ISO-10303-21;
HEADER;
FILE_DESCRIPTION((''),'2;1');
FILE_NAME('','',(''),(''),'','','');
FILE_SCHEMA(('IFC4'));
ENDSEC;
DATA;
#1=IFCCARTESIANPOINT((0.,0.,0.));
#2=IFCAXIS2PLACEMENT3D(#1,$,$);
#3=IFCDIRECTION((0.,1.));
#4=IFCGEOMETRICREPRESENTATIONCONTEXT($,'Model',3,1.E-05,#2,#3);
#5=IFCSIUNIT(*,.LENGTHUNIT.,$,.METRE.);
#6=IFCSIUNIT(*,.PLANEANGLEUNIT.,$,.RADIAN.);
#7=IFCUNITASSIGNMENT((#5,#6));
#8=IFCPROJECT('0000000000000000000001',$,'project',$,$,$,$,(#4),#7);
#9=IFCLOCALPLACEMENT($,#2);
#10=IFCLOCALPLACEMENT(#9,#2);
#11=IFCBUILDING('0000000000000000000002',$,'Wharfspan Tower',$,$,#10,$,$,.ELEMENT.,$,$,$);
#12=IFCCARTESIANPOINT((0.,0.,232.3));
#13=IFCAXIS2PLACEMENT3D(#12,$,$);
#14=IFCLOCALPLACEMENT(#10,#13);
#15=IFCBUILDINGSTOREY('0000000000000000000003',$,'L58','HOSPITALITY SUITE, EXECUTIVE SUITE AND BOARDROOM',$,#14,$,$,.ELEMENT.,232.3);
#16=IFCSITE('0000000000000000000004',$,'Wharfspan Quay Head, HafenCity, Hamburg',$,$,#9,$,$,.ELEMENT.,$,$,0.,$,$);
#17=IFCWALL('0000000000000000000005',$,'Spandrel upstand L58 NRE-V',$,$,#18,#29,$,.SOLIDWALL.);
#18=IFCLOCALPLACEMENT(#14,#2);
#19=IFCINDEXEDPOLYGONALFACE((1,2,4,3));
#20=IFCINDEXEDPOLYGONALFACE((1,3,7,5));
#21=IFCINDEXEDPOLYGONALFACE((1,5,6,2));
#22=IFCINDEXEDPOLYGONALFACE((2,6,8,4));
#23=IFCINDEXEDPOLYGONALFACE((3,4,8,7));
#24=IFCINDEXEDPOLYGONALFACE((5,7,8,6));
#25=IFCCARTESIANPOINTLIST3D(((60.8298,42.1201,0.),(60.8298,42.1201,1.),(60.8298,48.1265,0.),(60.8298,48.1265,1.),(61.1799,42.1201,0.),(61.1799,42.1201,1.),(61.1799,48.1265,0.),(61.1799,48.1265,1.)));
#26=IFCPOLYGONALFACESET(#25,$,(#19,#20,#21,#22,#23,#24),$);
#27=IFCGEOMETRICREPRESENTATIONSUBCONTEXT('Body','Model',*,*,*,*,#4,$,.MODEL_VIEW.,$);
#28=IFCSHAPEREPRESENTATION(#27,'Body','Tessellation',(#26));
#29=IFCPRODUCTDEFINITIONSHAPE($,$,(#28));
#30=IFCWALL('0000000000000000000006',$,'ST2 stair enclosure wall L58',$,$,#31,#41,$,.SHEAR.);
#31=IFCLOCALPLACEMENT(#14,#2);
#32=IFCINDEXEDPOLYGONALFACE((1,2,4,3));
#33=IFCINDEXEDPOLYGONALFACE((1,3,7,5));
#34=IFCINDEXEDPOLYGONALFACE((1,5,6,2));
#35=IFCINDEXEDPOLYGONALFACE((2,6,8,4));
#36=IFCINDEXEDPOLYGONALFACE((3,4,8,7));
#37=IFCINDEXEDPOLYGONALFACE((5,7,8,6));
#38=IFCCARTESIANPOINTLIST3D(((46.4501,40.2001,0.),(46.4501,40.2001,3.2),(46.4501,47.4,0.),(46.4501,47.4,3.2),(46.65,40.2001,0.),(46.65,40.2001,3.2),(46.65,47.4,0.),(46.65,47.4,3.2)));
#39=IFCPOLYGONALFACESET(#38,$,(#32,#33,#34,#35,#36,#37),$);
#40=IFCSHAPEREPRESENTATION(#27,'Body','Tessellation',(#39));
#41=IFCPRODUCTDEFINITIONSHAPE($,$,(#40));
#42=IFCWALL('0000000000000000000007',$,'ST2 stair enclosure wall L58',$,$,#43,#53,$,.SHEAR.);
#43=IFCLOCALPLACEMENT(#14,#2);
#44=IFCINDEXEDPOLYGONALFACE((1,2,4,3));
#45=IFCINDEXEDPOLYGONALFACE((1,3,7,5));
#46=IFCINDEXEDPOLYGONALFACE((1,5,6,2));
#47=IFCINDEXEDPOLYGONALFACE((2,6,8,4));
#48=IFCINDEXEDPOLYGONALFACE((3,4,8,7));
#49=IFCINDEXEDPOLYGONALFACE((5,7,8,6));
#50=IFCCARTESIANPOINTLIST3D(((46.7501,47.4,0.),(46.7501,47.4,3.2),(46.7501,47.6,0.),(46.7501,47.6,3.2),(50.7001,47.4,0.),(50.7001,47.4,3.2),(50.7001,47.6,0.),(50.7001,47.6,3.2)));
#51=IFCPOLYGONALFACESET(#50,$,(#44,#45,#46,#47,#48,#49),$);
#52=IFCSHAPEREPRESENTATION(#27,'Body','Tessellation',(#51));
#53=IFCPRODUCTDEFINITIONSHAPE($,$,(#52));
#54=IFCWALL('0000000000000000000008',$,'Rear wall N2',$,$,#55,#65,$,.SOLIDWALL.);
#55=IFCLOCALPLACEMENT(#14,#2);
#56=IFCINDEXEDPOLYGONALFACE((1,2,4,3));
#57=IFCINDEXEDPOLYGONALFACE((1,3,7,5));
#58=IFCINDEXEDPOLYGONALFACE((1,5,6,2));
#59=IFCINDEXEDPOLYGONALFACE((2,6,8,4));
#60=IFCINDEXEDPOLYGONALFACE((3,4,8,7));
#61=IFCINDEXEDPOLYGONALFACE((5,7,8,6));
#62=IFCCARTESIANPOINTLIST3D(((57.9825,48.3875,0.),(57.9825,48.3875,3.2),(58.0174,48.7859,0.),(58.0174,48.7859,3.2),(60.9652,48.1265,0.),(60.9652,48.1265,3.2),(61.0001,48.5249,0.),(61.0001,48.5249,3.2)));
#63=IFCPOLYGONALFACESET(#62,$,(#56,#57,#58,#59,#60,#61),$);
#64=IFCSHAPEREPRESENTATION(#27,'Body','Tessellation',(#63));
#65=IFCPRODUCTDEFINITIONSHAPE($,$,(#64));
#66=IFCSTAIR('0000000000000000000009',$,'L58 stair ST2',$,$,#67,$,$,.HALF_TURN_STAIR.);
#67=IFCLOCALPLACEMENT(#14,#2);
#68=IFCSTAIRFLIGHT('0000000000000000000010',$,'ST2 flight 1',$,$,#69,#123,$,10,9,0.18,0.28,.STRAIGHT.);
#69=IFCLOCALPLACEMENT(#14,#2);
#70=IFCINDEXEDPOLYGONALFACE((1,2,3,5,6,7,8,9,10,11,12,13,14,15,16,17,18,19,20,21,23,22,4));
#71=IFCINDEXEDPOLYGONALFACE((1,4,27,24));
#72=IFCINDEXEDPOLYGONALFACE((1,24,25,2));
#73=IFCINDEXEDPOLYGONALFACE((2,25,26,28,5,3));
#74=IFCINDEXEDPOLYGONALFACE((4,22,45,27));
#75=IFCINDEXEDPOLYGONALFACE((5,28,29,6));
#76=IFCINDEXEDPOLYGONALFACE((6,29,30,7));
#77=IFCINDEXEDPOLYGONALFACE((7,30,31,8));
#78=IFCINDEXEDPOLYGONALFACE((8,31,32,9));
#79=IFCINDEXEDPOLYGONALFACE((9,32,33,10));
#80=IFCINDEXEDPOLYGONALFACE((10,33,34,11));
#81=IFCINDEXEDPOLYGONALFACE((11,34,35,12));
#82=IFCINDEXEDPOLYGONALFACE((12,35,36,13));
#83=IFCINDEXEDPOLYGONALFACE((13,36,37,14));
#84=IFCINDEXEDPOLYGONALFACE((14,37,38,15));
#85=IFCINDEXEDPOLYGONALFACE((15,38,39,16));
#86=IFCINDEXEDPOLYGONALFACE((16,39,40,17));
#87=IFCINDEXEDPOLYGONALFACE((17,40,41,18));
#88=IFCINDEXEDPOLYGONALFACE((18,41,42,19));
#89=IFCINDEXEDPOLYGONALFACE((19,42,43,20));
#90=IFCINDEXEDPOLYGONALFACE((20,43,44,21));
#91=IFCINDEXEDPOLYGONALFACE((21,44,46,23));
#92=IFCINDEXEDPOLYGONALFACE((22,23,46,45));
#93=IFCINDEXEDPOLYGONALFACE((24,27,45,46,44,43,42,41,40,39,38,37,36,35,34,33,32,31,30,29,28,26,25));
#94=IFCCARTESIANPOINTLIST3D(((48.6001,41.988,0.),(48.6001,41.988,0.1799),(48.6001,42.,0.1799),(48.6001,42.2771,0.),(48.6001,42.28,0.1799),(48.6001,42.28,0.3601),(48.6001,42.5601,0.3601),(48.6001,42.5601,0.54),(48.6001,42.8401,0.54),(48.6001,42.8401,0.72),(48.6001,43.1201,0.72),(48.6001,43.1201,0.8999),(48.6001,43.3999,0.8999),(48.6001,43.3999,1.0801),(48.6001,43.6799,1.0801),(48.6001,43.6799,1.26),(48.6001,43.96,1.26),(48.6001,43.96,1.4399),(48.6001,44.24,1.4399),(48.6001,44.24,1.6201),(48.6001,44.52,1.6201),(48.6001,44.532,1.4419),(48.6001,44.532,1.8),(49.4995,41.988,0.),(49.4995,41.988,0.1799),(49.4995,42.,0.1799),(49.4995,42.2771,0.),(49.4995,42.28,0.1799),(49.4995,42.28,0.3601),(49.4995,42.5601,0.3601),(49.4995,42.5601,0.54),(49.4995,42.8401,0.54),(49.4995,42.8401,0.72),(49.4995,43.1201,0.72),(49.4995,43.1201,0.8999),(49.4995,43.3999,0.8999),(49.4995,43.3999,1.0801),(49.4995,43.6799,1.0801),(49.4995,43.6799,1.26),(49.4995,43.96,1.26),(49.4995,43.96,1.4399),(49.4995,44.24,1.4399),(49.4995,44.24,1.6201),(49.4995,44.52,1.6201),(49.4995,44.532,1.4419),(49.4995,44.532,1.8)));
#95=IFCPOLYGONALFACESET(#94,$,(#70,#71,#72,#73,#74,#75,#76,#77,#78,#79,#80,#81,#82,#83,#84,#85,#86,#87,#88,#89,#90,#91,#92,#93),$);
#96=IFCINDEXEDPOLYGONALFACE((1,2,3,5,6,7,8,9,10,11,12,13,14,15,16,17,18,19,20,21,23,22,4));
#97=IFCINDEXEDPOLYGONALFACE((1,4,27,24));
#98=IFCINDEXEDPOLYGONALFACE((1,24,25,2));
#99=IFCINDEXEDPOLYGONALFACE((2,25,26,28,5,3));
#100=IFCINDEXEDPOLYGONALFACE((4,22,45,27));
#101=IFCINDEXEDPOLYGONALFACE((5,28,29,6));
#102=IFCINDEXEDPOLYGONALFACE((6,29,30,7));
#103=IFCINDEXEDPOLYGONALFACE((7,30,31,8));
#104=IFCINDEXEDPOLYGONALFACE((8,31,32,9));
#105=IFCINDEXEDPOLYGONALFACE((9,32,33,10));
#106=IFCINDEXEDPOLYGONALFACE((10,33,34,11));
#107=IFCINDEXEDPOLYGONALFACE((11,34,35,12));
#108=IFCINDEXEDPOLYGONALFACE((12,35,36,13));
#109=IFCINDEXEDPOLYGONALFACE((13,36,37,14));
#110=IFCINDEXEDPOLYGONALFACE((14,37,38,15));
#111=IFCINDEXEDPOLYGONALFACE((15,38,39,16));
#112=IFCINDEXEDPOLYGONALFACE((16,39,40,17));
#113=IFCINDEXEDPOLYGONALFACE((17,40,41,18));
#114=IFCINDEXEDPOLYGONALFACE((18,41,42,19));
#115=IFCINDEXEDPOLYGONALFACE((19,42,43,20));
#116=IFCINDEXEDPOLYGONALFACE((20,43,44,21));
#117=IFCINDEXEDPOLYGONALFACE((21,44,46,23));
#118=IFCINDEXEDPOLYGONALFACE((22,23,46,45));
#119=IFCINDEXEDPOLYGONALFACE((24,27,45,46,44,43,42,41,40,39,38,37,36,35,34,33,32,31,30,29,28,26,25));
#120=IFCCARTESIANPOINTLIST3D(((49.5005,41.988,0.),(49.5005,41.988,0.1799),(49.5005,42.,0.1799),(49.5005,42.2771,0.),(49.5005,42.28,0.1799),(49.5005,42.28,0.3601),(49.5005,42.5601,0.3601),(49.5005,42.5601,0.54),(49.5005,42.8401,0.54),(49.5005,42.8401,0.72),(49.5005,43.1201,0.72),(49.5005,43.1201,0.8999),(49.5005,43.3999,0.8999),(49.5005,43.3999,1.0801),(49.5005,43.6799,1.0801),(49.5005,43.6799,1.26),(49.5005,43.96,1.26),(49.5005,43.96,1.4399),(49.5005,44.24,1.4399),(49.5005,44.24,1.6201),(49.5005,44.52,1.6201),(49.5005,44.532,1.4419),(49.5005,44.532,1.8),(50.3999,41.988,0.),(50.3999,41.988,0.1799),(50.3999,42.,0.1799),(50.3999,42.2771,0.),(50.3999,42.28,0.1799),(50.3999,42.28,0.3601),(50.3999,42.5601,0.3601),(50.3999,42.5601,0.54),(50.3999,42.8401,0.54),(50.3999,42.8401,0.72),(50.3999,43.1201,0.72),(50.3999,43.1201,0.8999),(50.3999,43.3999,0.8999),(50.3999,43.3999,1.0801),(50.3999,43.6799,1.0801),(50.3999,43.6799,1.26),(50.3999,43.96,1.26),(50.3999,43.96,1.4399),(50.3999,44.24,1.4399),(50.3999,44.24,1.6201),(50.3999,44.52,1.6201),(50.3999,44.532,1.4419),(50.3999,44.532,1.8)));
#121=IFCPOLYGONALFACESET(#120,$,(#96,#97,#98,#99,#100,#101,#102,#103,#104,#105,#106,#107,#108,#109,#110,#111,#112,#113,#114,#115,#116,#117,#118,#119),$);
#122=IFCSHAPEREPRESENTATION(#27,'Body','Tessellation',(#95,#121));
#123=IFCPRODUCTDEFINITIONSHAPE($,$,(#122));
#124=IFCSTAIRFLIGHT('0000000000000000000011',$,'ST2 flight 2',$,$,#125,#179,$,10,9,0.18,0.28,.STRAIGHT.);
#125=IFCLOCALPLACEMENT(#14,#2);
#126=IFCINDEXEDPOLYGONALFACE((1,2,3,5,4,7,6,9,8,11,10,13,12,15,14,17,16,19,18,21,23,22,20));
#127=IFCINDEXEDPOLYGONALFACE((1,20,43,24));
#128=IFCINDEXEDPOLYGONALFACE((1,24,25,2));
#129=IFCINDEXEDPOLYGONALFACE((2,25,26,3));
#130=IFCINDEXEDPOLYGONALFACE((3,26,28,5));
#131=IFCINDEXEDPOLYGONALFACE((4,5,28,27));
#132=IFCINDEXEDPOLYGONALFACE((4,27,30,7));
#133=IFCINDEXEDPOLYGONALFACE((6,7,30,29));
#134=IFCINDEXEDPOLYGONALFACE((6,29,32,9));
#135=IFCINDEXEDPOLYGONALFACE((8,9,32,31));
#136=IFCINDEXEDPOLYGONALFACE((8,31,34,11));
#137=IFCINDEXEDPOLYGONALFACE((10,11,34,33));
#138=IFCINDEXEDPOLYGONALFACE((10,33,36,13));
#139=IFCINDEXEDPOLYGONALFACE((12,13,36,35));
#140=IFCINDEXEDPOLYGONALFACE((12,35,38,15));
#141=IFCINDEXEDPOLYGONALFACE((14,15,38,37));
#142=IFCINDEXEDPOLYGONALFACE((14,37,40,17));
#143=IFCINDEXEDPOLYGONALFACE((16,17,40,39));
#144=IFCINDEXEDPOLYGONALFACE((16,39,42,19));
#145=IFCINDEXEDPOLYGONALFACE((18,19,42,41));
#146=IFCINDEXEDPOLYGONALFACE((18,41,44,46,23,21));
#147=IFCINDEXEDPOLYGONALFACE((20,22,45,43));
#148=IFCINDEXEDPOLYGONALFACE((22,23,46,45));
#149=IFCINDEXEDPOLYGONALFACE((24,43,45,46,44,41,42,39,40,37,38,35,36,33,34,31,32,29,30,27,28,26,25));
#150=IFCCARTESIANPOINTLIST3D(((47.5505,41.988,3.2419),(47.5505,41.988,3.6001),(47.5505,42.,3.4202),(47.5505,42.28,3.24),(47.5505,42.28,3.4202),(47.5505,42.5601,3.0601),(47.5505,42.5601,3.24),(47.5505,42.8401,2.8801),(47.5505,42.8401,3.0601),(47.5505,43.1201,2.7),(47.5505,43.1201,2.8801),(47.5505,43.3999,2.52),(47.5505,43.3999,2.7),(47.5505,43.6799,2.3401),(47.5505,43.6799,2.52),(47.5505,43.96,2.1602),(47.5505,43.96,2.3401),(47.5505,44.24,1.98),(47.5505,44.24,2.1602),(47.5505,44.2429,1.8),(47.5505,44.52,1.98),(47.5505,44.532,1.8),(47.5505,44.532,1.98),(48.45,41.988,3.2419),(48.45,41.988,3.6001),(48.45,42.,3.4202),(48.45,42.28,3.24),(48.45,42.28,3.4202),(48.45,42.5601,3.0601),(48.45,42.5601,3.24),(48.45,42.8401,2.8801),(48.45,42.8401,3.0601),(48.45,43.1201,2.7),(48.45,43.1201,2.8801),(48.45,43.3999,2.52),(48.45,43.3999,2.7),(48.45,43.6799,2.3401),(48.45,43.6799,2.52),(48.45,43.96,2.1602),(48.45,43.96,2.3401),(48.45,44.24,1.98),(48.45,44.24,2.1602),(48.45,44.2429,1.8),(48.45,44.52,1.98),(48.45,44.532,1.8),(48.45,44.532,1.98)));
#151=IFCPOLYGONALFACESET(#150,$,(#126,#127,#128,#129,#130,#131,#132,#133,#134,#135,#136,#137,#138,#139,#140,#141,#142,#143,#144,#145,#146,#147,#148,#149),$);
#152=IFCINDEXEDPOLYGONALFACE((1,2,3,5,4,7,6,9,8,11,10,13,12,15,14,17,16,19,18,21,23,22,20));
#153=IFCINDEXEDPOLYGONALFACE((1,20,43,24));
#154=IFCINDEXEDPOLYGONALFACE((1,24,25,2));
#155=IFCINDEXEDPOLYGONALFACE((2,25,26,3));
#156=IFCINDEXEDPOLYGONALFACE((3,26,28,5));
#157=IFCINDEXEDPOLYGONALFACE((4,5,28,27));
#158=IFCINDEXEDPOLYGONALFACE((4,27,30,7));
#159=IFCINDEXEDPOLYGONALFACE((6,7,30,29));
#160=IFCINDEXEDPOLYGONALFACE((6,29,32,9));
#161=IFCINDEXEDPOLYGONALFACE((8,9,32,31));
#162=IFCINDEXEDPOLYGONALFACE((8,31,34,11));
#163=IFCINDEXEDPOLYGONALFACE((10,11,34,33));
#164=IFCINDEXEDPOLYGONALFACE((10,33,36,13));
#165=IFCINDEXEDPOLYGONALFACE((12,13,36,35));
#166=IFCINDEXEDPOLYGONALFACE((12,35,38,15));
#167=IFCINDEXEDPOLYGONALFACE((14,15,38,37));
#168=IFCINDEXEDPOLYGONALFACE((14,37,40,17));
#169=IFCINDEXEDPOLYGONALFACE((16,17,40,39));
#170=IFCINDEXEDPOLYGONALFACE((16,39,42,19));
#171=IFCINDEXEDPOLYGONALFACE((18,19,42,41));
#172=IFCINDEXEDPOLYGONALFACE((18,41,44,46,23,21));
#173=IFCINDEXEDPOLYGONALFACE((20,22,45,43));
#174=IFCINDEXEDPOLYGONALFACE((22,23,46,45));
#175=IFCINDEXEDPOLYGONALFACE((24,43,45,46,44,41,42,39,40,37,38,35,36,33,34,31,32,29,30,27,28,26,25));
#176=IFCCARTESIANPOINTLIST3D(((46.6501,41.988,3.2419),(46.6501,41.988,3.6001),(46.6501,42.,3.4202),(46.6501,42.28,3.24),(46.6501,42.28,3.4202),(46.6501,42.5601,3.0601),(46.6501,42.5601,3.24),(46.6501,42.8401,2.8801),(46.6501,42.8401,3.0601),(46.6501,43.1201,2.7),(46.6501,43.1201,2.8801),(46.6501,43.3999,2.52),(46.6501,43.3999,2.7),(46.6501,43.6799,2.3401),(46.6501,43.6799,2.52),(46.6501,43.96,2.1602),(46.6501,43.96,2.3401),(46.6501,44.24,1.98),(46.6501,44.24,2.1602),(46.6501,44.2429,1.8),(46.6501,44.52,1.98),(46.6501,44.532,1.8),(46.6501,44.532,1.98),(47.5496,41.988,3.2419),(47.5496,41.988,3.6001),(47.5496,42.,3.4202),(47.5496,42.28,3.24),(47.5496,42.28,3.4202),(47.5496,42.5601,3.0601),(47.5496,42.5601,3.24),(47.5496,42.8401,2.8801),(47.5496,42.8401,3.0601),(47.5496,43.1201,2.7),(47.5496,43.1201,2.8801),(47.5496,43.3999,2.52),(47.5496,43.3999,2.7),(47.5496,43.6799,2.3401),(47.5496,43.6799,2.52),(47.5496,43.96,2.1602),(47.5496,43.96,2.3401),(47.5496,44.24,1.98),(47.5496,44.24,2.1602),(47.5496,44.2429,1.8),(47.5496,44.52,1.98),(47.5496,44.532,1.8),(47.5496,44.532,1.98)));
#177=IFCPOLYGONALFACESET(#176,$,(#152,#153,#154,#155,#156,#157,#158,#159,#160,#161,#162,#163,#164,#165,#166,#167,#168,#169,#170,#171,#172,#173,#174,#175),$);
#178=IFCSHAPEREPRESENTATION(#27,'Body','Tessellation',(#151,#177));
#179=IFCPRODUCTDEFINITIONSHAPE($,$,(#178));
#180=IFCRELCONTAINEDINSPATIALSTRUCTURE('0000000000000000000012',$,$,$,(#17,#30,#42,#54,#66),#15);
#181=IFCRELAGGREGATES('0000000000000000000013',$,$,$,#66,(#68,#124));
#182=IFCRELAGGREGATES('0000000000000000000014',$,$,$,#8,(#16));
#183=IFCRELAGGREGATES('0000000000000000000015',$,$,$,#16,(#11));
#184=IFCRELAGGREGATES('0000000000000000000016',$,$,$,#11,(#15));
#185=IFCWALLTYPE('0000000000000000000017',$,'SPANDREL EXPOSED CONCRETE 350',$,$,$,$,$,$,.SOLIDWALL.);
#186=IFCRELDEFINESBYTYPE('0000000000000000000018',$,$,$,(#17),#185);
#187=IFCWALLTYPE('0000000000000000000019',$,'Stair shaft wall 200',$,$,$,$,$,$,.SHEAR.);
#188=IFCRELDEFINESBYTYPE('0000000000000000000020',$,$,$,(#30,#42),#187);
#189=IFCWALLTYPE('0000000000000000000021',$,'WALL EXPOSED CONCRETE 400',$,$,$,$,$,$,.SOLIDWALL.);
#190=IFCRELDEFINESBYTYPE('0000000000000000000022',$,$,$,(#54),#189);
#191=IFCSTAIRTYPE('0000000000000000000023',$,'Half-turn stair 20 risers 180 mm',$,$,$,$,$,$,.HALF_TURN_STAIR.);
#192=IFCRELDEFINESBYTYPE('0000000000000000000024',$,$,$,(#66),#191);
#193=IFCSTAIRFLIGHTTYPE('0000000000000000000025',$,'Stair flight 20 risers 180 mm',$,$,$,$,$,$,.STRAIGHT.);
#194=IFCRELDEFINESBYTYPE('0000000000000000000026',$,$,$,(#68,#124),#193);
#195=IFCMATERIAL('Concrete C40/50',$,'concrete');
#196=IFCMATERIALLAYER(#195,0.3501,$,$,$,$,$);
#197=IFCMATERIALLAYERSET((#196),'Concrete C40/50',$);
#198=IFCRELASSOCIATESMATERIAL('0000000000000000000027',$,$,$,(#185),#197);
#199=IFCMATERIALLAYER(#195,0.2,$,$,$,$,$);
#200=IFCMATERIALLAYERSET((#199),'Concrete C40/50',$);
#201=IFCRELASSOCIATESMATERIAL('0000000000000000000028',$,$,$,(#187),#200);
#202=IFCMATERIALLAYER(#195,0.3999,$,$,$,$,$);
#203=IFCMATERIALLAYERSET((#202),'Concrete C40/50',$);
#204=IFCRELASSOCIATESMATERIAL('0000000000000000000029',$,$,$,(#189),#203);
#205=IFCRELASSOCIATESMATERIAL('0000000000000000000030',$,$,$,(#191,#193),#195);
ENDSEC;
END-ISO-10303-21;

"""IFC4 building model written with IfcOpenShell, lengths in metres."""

from ifc_helpers import new_model, si_unit, direction, frame, frame_2d, origin, place, context, subcontext, project, spatial, polyline, rectangle, outline, extrude, material, layer, layer_set, type_object, element, aggregate, save


model = new_model("IFC4")

# Units and contexts
model_context = context("Model", 3, precision=1e-05, world=origin(), true_north=direction((0.0, 1.0)))
body_context = subcontext(model_context, "Body", "Model", "MODEL_VIEW")
ifc_project = project(units=[si_unit("LENGTHUNIT", "METRE"), si_unit("PLANEANGLEUNIT", "RADIAN")], contexts=[model_context])

# Site, building, storey
site_placement = place(None, origin())
site = spatial("IfcSite", under=ifc_project, at=site_placement, Name="Wharfspan Quay Head, HafenCity, Hamburg", CompositionType="ELEMENT", RefElevation=0.0)
building_placement = place(site_placement, origin())
building = spatial("IfcBuilding", under=site, at=building_placement, Name="Wharfspan Tower", CompositionType="ELEMENT")
storey_placement = place(building_placement, frame((0.0, 0.0, 232.3)))
storey = spatial("IfcBuildingStorey", under=building, at=storey_placement, Name="L58", Description="HOSPITALITY SUITE, EXECUTIVE SUITE AND BOARDROOM", CompositionType="ELEMENT", Elevation=232.3)

# Walls
ifc_material_1 = material(Name="Concrete C40/50", Category="concrete")
ifc_layer_1 = layer(ifc_material_1, 0.3501)
ifc_layer_set_1 = layer_set([ifc_layer_1], Name="Concrete C40/50")
wall_type_1 = type_object("IfcWallType", Name="SPANDREL EXPOSED CONCRETE 350", PredefinedType="SOLIDWALL", material=ifc_layer_set_1)
wall_1_placement = place(storey_placement, frame((61.0049, 42.1201, 0.0), z_axis=(0.0, 0.0, 1.0), x_axis=(0.0, 1.0, 0.0)))
element("IfcWall", 1, at=wall_1_placement, inside=storey, type_object=wall_type_1, Name="Spandrel upstand L58 NRE-V", PredefinedType="SOLIDWALL", context=body_context, shape_type="SweptSolid", body=[
    extrude(rectangle(XDim=6.0063, YDim=0.3501, at=frame_2d((3.0032, 0.0))), origin(), (0.0, 0.0, 1.0), 1.0),
])
ifc_layer_2 = layer(ifc_material_1, 0.2)
ifc_layer_set_2 = layer_set([ifc_layer_2], Name="Concrete C40/50")
wall_type_2 = type_object("IfcWallType", Name="Stair shaft wall 200", PredefinedType="SHEAR", material=ifc_layer_set_2)
wall_2_placement = place(storey_placement, frame((46.55, 40.2, 0.0), z_axis=(0.0, 0.0, 1.0), x_axis=(0.0, 1.0, 0.0)))
element("IfcWall", 2, at=wall_2_placement, inside=storey, type_object=wall_type_2, Name="ST2 stair enclosure wall L58", PredefinedType="SHEAR", context=body_context, shape_type="SweptSolid", body=[
    extrude(rectangle(XDim=7.2, YDim=0.2, at=frame_2d((3.6001, 0.0))), origin(), (0.0, 0.0, 1.0), 3.2),
])
wall_3_placement = place(storey_placement, frame((46.75, 47.5, 0.0), z_axis=(0.0, 0.0, 1.0), x_axis=(1.0, 0.0, 0.0)))
element("IfcWall", 3, at=wall_3_placement, inside=storey, type_object=wall_type_2, Name="ST2 stair enclosure wall L58", PredefinedType="SHEAR", context=body_context, shape_type="SweptSolid", body=[
    extrude(rectangle(XDim=3.95, YDim=0.2, at=frame_2d((1.9751, 0.0))), origin(), (0.0, 0.0, 1.0), 3.2),
])
ifc_layer_3 = layer(ifc_material_1, 0.3999)
ifc_layer_set_3 = layer_set([ifc_layer_3], Name="Concrete C40/50")
wall_type_3 = type_object("IfcWallType", Name="WALL EXPOSED CONCRETE 400", PredefinedType="SOLIDWALL", material=ifc_layer_set_3)
wall_4_placement = place(storey_placement, frame((60.9827, 48.3257, 0.0), z_axis=(0.0, 0.0, 1.0), x_axis=(-0.996194, 0.087168, 0.0)))
element("IfcWall", 4, at=wall_4_placement, inside=storey, type_object=wall_type_3, Name="Rear wall N2", PredefinedType="SOLIDWALL", context=body_context, shape_type="SweptSolid", body=[
    extrude(rectangle(XDim=2.9941, YDim=0.3999, at=frame_2d((1.4971, 0.0))), origin(), (0.0, 0.0, 1.0), 3.2),
])

# Stair, stair flights
stair_type = type_object("IfcStairType", Name="Half-turn stair 20 risers 180 mm", PredefinedType="HALF_TURN_STAIR", material=ifc_material_1)
stair_placement = place(storey_placement, origin())
stair = element("IfcStair", 5, at=stair_placement, inside=storey, type_object=stair_type, Name="L58 stair ST2", PredefinedType="HALF_TURN_STAIR")
stair_flight_type = type_object("IfcStairFlightType", Name="Stair flight 20 risers 180 mm", PredefinedType="STRAIGHT", material=ifc_material_1)
stair_flight_1_placement = place(storey_placement, frame((49.5, 42.0, 0.0), z_axis=(0.0, 0.0, 1.0), x_axis=(0.0, 1.0, 0.0)))
stair_flight_1 = element("IfcStairFlight", 6, at=stair_flight_1_placement, type_object=stair_flight_type, Name="ST2 flight 1", NumberOfRisers=10, NumberOfTreads=9, PredefinedType="STRAIGHT", RiserHeight=0.18, TreadLength=0.28, context=body_context, shape_type="SweptSolid", body=[
    extrude(outline(polyline([(-0.012, 0.0), (-0.012, 0.1799), (0.0, 0.1799), (0.28, 0.1799), (0.28, 0.3601), (0.5601, 0.3601), (0.5601, 0.54), (0.8401, 0.54), (0.8401, 0.72), (1.1201, 0.72), (1.1201, 0.8999), (1.3999, 0.8999), (1.3999, 1.0801), (1.6799, 1.0801), (1.6799, 1.26), (1.96, 1.26), (1.96, 1.4399), (2.24, 1.4399), (2.24, 1.6201), (2.52, 1.6201), (2.532, 1.8), (2.532, 1.4419), (0.2771, 0.0), (-0.012, 0.0)])), frame((0.0, 0.8999, 0.0), z_axis=(0.0, -1.0, 0.0), x_axis=(1.0, 0.0, 0.0)), (0.0, 0.0, 1.0), 0.8994),
    extrude(outline(polyline([(-0.012, 0.0), (-0.012, 0.1799), (0.0, 0.1799), (0.28, 0.1799), (0.28, 0.3601), (0.5601, 0.3601), (0.5601, 0.54), (0.8401, 0.54), (0.8401, 0.72), (1.1201, 0.72), (1.1201, 0.8999), (1.3999, 0.8999), (1.3999, 1.0801), (1.6799, 1.0801), (1.6799, 1.26), (1.96, 1.26), (1.96, 1.4399), (2.24, 1.4399), (2.24, 1.6201), (2.52, 1.6201), (2.532, 1.8), (2.532, 1.4419), (0.2771, 0.0), (-0.012, 0.0)])), frame((0.0, -0.0005, 0.0), z_axis=(0.0, -1.0, 0.0), x_axis=(1.0, 0.0, 0.0)), (0.0, 0.0, 1.0), 0.8994),
])
stair_flight_2_placement = place(storey_placement, frame((47.55, 44.52, 1.8), z_axis=(0.0, 0.0, 1.0), x_axis=(0.0, -1.0, 0.0)))
stair_flight_2 = element("IfcStairFlight", 7, at=stair_flight_2_placement, type_object=stair_flight_type, Name="ST2 flight 2", NumberOfRisers=10, NumberOfTreads=9, PredefinedType="STRAIGHT", RiserHeight=0.18, TreadLength=0.28, context=body_context, shape_type="SweptSolid", body=[
    extrude(outline(polyline([(-0.012, 0.0), (-0.012, 0.1799), (0.0, 0.1799), (0.28, 0.1799), (0.28, 0.3601), (0.5601, 0.3601), (0.5601, 0.54), (0.8401, 0.54), (0.8401, 0.72), (1.1201, 0.72), (1.1201, 0.8999), (1.3999, 0.8999), (1.3999, 1.0801), (1.6799, 1.0801), (1.6799, 1.26), (1.96, 1.26), (1.96, 1.4399), (2.24, 1.4399), (2.24, 1.6201), (2.52, 1.6201), (2.532, 1.8), (2.532, 1.4419), (0.2771, 0.0), (-0.012, 0.0)])), frame((0.0, 0.8999, 0.0), z_axis=(0.0, -1.0, 0.0), x_axis=(1.0, 0.0, 0.0)), (0.0, 0.0, 1.0), 0.8994),
    extrude(outline(polyline([(-0.012, 0.0), (-0.012, 0.1799), (0.0, 0.1799), (0.28, 0.1799), (0.28, 0.3601), (0.5601, 0.3601), (0.5601, 0.54), (0.8401, 0.54), (0.8401, 0.72), (1.1201, 0.72), (1.1201, 0.8999), (1.3999, 0.8999), (1.3999, 1.0801), (1.6799, 1.0801), (1.6799, 1.26), (1.96, 1.26), (1.96, 1.4399), (2.24, 1.4399), (2.24, 1.6201), (2.52, 1.6201), (2.532, 1.8), (2.532, 1.4419), (0.2771, 0.0), (-0.012, 0.0)])), frame((0.0, -0.0005, 0.0), z_axis=(0.0, -1.0, 0.0), x_axis=(1.0, 0.0, 0.0)), (0.0, 0.0, 1.0), 0.8994),
])
aggregate(stair, [stair_flight_1, stair_flight_2])

save(model, "model.ifc")
